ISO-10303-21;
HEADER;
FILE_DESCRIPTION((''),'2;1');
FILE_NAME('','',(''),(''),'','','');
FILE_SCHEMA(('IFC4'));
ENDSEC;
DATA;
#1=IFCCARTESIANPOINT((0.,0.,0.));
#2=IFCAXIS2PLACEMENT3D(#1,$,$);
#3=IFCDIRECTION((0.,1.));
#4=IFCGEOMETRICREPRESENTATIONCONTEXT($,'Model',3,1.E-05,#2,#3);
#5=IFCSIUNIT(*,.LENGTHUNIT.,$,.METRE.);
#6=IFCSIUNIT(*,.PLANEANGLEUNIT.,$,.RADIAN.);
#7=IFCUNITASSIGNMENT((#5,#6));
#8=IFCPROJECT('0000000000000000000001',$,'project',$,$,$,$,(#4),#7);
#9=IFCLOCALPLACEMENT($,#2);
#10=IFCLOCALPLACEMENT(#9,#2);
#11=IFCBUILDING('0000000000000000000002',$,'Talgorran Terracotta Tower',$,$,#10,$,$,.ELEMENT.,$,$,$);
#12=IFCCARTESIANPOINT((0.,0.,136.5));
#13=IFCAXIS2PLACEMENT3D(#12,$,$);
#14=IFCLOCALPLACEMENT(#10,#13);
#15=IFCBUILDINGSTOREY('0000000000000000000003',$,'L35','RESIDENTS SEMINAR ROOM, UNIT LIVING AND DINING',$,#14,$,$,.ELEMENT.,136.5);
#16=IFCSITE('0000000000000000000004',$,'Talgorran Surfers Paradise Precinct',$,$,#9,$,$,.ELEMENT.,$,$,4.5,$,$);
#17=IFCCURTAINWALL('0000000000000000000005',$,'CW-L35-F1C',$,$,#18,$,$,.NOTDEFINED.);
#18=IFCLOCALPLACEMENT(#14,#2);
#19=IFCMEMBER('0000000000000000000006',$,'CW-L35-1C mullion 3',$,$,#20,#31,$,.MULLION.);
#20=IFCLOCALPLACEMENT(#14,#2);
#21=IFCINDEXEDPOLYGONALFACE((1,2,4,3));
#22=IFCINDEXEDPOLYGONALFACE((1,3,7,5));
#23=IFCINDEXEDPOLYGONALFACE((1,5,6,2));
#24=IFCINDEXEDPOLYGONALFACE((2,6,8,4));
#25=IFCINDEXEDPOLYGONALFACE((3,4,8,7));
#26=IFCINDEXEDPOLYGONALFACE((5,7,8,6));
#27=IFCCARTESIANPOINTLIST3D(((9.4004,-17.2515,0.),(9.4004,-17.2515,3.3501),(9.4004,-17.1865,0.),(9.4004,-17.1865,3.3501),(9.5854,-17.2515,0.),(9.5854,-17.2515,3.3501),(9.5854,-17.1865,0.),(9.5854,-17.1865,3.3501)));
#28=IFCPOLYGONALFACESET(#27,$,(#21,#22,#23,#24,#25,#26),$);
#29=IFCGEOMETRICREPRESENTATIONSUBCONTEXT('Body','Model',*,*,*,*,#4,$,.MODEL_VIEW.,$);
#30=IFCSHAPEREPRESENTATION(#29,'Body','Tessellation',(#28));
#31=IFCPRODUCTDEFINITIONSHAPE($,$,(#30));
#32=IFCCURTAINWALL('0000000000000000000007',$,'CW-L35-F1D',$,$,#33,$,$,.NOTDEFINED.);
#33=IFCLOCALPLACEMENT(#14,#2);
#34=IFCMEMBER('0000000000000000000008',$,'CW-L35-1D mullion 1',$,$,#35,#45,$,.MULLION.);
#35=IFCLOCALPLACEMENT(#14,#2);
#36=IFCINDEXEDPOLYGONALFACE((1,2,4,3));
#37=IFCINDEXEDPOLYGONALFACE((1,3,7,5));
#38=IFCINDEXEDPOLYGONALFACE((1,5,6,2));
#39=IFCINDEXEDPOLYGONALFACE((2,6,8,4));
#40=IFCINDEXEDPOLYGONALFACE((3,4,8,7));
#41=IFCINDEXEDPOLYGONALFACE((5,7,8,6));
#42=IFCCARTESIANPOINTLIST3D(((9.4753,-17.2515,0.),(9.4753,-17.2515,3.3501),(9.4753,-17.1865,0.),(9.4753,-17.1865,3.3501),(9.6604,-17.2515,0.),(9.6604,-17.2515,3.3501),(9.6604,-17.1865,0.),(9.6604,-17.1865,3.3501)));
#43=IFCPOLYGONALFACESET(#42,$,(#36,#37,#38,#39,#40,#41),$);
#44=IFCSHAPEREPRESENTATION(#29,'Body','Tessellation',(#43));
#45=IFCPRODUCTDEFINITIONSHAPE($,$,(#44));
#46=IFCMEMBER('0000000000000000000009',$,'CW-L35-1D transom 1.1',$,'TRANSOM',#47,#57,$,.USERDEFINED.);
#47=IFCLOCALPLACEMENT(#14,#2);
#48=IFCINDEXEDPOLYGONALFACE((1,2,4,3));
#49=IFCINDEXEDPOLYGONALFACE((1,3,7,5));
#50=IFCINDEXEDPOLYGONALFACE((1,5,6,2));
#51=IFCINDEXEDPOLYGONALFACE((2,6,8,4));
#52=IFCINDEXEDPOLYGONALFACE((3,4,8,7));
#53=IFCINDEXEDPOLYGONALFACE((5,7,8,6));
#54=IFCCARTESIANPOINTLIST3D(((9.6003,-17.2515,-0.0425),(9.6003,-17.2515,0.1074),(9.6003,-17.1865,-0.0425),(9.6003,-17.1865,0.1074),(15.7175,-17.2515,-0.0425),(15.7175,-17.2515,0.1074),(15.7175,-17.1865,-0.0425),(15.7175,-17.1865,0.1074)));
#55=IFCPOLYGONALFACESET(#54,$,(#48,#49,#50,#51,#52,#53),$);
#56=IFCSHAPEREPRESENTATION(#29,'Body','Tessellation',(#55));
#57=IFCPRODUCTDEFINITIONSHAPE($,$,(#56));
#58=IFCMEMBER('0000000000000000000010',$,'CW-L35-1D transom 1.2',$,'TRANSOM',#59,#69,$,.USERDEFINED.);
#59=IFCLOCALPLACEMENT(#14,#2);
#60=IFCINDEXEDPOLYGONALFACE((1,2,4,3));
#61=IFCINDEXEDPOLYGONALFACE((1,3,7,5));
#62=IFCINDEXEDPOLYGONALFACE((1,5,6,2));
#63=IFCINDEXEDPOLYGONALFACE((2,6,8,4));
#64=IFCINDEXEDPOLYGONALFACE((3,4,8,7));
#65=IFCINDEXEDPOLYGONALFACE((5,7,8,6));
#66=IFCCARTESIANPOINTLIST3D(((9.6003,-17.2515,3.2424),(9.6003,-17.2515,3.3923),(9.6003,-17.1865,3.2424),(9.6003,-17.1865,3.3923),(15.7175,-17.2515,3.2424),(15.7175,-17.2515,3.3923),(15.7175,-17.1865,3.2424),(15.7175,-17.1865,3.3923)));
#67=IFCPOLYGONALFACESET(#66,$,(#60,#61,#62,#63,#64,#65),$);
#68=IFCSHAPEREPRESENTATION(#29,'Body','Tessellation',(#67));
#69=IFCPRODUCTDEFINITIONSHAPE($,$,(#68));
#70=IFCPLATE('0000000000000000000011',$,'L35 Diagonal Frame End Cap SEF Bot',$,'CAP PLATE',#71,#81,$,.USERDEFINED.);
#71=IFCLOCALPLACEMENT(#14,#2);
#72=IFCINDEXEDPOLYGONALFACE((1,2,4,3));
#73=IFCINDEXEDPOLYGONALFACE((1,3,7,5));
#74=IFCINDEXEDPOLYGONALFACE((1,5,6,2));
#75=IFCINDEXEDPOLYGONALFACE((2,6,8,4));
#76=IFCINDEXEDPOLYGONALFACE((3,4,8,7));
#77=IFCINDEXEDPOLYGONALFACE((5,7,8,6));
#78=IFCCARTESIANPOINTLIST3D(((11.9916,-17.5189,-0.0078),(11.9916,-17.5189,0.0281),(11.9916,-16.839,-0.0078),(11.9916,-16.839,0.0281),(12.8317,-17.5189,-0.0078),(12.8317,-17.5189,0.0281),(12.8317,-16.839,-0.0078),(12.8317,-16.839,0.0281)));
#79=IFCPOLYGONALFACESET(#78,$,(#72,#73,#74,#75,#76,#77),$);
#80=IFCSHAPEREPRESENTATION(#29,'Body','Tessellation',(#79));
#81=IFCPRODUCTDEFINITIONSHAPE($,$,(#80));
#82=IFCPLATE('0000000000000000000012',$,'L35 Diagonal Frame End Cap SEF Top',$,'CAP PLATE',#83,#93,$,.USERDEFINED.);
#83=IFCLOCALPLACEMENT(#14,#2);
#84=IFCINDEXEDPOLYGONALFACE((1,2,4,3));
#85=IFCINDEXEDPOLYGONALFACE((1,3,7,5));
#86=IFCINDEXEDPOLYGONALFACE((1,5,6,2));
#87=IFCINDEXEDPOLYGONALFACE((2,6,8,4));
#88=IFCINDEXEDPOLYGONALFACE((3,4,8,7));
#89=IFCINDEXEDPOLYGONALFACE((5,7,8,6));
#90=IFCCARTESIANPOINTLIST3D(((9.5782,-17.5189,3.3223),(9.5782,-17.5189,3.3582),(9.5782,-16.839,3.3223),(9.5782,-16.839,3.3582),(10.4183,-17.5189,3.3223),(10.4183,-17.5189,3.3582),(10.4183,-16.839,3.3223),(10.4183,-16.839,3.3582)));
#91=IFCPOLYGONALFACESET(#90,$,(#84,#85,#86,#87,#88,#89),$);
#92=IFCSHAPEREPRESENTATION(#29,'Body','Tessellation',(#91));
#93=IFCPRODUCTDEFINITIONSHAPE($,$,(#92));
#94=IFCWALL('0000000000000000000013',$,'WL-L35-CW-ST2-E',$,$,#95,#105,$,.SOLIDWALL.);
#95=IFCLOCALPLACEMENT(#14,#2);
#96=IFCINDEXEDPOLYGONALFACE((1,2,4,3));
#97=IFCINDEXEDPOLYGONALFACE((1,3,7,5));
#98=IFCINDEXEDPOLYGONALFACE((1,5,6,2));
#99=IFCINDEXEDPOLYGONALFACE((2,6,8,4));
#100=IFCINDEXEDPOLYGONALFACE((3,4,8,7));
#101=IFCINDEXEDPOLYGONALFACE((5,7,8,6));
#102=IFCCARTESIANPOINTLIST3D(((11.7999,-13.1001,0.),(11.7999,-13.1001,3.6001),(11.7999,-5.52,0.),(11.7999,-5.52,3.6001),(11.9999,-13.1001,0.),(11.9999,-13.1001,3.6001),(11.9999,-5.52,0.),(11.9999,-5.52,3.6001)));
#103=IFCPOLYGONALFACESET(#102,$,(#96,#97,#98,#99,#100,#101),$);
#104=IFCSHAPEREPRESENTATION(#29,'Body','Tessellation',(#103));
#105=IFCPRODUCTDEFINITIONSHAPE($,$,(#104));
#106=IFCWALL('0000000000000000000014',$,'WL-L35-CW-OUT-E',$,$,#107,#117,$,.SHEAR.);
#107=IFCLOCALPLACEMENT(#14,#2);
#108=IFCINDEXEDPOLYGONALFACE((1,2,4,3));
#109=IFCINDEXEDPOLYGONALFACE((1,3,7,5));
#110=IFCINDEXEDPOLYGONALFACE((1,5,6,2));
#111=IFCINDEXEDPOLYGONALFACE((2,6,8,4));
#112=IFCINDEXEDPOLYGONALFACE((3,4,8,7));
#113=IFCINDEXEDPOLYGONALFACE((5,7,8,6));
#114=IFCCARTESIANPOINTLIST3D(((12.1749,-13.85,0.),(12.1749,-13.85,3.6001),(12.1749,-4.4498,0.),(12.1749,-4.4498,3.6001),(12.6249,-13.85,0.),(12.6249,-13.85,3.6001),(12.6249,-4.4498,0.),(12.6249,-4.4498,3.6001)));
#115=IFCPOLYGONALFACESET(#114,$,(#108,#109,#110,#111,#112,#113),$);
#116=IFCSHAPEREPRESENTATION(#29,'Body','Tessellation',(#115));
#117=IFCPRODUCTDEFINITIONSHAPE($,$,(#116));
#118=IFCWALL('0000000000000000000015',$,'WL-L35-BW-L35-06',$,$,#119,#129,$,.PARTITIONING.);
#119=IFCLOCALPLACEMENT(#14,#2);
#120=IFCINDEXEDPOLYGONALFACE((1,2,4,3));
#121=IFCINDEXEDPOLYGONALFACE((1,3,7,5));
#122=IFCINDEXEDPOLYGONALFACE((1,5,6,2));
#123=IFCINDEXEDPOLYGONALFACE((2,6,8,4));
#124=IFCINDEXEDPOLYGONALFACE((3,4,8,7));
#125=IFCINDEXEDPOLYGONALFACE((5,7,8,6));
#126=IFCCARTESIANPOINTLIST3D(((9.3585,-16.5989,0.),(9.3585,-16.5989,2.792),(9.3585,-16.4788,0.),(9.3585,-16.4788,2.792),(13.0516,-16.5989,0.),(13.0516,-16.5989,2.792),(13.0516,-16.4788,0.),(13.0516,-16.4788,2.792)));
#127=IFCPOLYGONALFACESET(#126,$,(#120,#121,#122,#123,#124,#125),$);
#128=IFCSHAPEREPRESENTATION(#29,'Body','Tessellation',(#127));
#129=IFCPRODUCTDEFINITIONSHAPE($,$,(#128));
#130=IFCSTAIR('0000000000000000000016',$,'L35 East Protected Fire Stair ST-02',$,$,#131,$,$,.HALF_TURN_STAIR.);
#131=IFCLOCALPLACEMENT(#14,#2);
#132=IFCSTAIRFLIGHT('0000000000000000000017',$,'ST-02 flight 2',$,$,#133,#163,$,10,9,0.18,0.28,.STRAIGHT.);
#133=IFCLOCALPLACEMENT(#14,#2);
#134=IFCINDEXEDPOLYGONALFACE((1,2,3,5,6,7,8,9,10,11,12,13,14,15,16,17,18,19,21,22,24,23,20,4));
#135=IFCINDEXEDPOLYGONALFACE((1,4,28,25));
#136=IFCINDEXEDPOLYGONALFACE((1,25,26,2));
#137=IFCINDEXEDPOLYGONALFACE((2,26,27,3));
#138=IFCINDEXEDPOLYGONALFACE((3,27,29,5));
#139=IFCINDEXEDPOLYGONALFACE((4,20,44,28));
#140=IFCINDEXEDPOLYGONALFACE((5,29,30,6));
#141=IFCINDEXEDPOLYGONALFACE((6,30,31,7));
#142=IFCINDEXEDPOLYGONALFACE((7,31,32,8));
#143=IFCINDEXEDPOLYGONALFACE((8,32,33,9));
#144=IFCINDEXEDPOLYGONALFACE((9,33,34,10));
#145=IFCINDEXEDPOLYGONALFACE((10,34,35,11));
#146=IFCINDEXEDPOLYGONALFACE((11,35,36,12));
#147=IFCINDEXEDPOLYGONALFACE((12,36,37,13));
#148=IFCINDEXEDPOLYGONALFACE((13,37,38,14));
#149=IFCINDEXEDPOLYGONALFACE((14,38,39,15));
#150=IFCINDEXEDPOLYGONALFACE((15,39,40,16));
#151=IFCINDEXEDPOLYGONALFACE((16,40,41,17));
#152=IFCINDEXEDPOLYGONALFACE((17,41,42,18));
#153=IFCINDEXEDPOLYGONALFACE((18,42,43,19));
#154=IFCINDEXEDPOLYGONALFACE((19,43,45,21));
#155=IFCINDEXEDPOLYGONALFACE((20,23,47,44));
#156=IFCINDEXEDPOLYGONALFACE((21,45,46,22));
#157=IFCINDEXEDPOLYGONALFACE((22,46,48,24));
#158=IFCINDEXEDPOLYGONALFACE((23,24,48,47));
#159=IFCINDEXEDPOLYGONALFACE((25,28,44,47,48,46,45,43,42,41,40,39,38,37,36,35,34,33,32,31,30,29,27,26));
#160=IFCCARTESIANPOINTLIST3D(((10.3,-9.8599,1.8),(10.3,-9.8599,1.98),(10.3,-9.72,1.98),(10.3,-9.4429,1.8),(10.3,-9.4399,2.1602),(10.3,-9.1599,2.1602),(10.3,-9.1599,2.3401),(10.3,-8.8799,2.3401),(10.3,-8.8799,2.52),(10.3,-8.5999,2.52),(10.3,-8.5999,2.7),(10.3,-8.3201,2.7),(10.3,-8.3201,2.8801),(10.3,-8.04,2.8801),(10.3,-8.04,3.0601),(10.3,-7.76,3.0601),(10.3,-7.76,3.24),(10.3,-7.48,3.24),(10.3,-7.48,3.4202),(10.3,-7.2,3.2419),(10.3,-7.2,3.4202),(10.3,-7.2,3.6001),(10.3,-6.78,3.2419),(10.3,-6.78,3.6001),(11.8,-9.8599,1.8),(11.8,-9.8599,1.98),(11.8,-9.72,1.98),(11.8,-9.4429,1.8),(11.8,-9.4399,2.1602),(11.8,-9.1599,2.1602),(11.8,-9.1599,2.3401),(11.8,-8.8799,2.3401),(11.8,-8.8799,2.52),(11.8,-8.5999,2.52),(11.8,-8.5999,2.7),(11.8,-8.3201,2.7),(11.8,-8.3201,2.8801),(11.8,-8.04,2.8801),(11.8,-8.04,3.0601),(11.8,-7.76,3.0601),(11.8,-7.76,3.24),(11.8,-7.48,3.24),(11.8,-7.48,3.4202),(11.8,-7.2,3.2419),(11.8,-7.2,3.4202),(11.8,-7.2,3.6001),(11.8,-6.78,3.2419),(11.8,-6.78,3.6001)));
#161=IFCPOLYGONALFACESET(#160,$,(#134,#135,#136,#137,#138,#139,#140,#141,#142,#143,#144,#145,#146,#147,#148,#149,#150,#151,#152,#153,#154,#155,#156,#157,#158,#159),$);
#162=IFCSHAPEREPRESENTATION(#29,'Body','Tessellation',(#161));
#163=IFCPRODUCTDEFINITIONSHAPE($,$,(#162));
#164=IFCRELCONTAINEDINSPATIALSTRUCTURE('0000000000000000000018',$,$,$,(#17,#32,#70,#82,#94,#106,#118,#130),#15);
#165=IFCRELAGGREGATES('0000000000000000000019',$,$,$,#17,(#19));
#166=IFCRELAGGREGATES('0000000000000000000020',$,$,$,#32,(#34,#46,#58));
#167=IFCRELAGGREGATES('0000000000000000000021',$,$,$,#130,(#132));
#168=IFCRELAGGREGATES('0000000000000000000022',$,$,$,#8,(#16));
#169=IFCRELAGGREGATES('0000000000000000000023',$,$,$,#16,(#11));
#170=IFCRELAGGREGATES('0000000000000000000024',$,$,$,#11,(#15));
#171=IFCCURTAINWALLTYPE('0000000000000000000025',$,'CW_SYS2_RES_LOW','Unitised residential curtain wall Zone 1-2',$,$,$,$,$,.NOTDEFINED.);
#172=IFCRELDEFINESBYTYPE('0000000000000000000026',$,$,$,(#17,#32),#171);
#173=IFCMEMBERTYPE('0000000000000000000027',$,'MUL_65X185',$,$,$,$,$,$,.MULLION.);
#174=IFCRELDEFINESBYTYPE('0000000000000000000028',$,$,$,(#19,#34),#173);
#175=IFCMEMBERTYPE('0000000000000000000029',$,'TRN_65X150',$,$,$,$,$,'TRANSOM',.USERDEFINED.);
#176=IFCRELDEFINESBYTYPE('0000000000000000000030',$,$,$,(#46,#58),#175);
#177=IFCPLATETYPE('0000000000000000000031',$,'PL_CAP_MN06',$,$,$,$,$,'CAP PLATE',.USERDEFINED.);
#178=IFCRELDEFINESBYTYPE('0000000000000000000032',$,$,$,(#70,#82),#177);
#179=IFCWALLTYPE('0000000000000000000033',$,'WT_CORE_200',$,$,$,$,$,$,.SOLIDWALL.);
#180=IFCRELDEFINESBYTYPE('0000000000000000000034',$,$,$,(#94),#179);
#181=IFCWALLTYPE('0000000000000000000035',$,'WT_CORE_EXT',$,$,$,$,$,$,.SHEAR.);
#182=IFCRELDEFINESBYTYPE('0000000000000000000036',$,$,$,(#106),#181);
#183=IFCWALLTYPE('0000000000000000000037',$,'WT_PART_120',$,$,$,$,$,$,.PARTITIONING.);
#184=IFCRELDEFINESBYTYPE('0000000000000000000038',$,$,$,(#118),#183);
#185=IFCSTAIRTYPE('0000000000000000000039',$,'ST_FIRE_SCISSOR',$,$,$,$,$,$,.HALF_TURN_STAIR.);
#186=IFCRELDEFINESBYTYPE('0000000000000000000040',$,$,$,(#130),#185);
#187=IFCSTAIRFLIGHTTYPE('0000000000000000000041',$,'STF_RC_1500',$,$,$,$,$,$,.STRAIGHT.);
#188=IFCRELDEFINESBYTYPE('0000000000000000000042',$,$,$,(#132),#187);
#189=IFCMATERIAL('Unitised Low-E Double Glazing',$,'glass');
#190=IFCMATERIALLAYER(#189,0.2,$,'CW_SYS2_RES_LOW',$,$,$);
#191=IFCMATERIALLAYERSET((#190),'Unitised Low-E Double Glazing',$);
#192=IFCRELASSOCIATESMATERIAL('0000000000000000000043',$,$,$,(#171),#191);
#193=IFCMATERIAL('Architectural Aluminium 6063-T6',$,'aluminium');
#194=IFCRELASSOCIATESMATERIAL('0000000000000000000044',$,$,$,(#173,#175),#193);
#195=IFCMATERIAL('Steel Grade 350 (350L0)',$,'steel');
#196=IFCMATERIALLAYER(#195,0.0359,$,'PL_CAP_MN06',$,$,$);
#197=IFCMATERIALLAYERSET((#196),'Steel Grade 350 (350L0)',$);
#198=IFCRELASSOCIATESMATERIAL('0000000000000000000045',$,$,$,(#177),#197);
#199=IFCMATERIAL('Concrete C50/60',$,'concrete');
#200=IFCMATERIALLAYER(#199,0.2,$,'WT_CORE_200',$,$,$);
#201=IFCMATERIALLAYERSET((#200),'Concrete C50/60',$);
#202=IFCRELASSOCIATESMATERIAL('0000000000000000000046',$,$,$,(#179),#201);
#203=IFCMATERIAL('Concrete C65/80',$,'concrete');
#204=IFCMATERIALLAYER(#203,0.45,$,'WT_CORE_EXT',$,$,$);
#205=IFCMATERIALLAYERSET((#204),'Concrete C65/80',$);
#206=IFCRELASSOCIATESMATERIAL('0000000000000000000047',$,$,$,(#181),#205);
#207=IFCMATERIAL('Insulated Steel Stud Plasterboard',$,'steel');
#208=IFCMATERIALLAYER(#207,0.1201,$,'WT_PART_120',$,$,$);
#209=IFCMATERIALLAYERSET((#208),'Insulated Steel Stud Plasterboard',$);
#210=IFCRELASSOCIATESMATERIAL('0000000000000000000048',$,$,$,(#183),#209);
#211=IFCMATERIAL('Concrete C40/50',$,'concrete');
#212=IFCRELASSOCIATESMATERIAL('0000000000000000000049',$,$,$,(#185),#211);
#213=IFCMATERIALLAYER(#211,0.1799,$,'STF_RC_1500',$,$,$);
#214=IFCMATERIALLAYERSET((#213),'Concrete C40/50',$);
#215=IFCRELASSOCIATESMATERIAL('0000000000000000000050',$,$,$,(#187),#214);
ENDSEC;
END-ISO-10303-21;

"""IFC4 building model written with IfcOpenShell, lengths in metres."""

from ifc_helpers import new_model, si_unit, direction, frame, frame_2d, origin, origin_2d, place, context, subcontext, project, spatial, polyline, rectangle, outline, extrude, material, layer, layer_set, material_profile, profile_set, type_object, element, aggregate, save


model = new_model("IFC4")

# Units and contexts
model_context = context("Model", 3, precision=1e-05, world=origin(), true_north=direction((0.0, 1.0)))
body_context = subcontext(model_context, "Body", "Model", "MODEL_VIEW")
ifc_project = project(units=[si_unit("LENGTHUNIT", "METRE"), si_unit("PLANEANGLEUNIT", "RADIAN")], contexts=[model_context])

# Site, building, storey
site_placement = place(None, origin())
site = spatial("IfcSite", under=ifc_project, at=site_placement, Name="Talgorran Surfers Paradise Precinct", CompositionType="ELEMENT", RefElevation=4.5)
building_placement = place(site_placement, origin())
building = spatial("IfcBuilding", under=site, at=building_placement, Name="Talgorran Terracotta Tower", CompositionType="ELEMENT")
storey_placement = place(building_placement, frame((0.0, 0.0, 136.5)))
storey = spatial("IfcBuildingStorey", under=building, at=storey_placement, Name="L35", Description="RESIDENTS SEMINAR ROOM, UNIT LIVING AND DINING", CompositionType="ELEMENT", Elevation=136.5)

# Shared definitions
ifc_material_1 = material(Name="Steel Grade 350 (350L0)", Category="steel")

# Curtain wall, member
ifc_material_2 = material(Name="Unitised Low-E Double Glazing", Category="glass")
ifc_layer_1 = layer(ifc_material_2, 0.2, Name="CW_SYS2_RES_LOW")
ifc_layer_set_1 = layer_set([ifc_layer_1], Name="Unitised Low-E Double Glazing")
curtain_wall_type = type_object("IfcCurtainWallType", Name="CW_SYS2_RES_LOW", Description="Unitised residential curtain wall Zone 1-2", PredefinedType="NOTDEFINED", material=ifc_layer_set_1)
curtain_wall_1_placement = place(storey_placement, origin())
curtain_wall_1 = element("IfcCurtainWall", 1, at=curtain_wall_1_placement, inside=storey, type_object=curtain_wall_type, Name="CW-L35-F1C", PredefinedType="NOTDEFINED")
ifc_material_3 = material(Name="Architectural Aluminium 6063-T6", Category="aluminium")
ifc_material_profile_1 = material_profile(ifc_material_3, rectangle(XDim=0.0649, YDim=0.1851, at=origin_2d()), Name="CWM65X185")
ifc_profile_set_1 = profile_set([ifc_material_profile_1], Name="Architectural Aluminium 6063-T6")
member_type_1 = type_object("IfcMemberType", Name="MUL_65X185", PredefinedType="MULLION", material=ifc_profile_set_1)
member_1_placement = place(storey_placement, frame((9.4929, -17.219, 0.0), z_axis=(0.0, 0.0, 1.0), x_axis=(0.0, 1.0, 0.0)))
member_1 = element("IfcMember", 2, at=member_1_placement, type_object=member_type_1, Name="CW-L35-1C mullion 3", PredefinedType="MULLION", context=body_context, shape_type="SweptSolid", body=[
    extrude(rectangle(XDim=0.0649, YDim=0.1851, at=origin_2d()), origin(), (0.0, 0.0, 1.0), 3.3501),
])
aggregate(curtain_wall_1, [member_1])

# Curtain wall, members
curtain_wall_2_placement = place(storey_placement, origin())
curtain_wall_2 = element("IfcCurtainWall", 3, at=curtain_wall_2_placement, inside=storey, type_object=curtain_wall_type, Name="CW-L35-F1D", PredefinedType="NOTDEFINED")
member_2_placement = place(storey_placement, frame((9.5679, -17.219, 0.0), z_axis=(0.0, 0.0, 1.0), x_axis=(0.0, 1.0, 0.0)))
member_2 = element("IfcMember", 4, at=member_2_placement, type_object=member_type_1, Name="CW-L35-1D mullion 1", PredefinedType="MULLION", context=body_context, shape_type="SweptSolid", body=[
    extrude(rectangle(XDim=0.0649, YDim=0.1851, at=origin_2d()), origin(), (0.0, 0.0, 1.0), 3.3501),
])
ifc_material_profile_2 = material_profile(ifc_material_3, rectangle(XDim=0.0649, YDim=0.1499, at=origin_2d()), Name="CWT65X150")
ifc_profile_set_2 = profile_set([ifc_material_profile_2], Name="Architectural Aluminium 6063-T6")
member_type_2 = type_object("IfcMemberType", Name="TRN_65X150", ElementType="TRANSOM", PredefinedType="USERDEFINED", material=ifc_profile_set_2)
member_3_placement = place(storey_placement, frame((9.6003, -17.219, 0.0325), z_axis=(1.0, 0.0, 0.0), x_axis=(0.0, 1.0, 0.0)))
member_3 = element("IfcMember", 5, at=member_3_placement, type_object=member_type_2, Name="CW-L35-1D transom 1.1", ObjectType="TRANSOM", PredefinedType="USERDEFINED", context=body_context, shape_type="SweptSolid", body=[
    extrude(rectangle(XDim=0.0649, YDim=0.1499, at=origin_2d()), origin(), (0.0, 0.0, 1.0), 6.1172),
])
member_4_placement = place(storey_placement, frame((9.6003, -17.219, 3.3174), z_axis=(1.0, 0.0, 0.0), x_axis=(0.0, 1.0, 0.0)))
member_4 = element("IfcMember", 6, at=member_4_placement, type_object=member_type_2, Name="CW-L35-1D transom 1.2", ObjectType="TRANSOM", PredefinedType="USERDEFINED", context=body_context, shape_type="SweptSolid", body=[
    extrude(rectangle(XDim=0.0649, YDim=0.1499, at=origin_2d()), origin(), (0.0, 0.0, 1.0), 6.1172),
])
aggregate(curtain_wall_2, [member_2, member_3, member_4])

# Plates
ifc_layer_2 = layer(ifc_material_1, 0.0359, Name="PL_CAP_MN06")
ifc_layer_set_2 = layer_set([ifc_layer_2], Name="Steel Grade 350 (350L0)")
plate_type = type_object("IfcPlateType", Name="PL_CAP_MN06", ElementType="CAP PLATE", PredefinedType="USERDEFINED", material=ifc_layer_set_2)
for number, where, z_axis, x_axis, name in (
    (7, (12.4116, -17.179, -0.0078), (0.0, 0.0, 1.0), (-1.0, 0.0, 0.0), "L35 Diagonal Frame End Cap SEF Bot"),
    (8, (9.9983, -17.179, 3.3223), (0.0, 0.0, 1.0), (-1.0, 0.0, 0.0), "L35 Diagonal Frame End Cap SEF Top"),
):
    element("IfcPlate", number, at=place(storey_placement, frame(where, z_axis=z_axis, x_axis=x_axis)), inside=storey, type_object=plate_type, Name=name, ObjectType="CAP PLATE", PredefinedType="USERDEFINED", context=body_context, shape_type="SweptSolid", body=[
        extrude(rectangle(XDim=0.8401, YDim=0.6799, at=origin_2d()), origin(), (0.0, 0.0, 1.0), 0.0359),
    ])

# Walls
ifc_material_4 = material(Name="Concrete C50/60", Category="concrete")
ifc_layer_3 = layer(ifc_material_4, 0.2, Name="WT_CORE_200")
ifc_layer_set_3 = layer_set([ifc_layer_3], Name="Concrete C50/60")
wall_type_1 = type_object("IfcWallType", Name="WT_CORE_200", PredefinedType="SOLIDWALL", material=ifc_layer_set_3)
wall_1_placement = place(storey_placement, frame((11.8999, -13.1001, 0.0), z_axis=(0.0, 0.0, 1.0), x_axis=(0.0, 1.0, 0.0)))
element("IfcWall", 9, at=wall_1_placement, inside=storey, type_object=wall_type_1, Name="WL-L35-CW-ST2-E", PredefinedType="SOLIDWALL", context=body_context, shape_type="SweptSolid", body=[
    extrude(rectangle(XDim=7.5801, YDim=0.2, at=frame_2d((3.79, 0.0))), origin(), (0.0, 0.0, 1.0), 3.6001),
])
ifc_material_5 = material(Name="Concrete C65/80", Category="concrete")
ifc_layer_4 = layer(ifc_material_5, 0.45, Name="WT_CORE_EXT")
ifc_layer_set_4 = layer_set([ifc_layer_4], Name="Concrete C65/80")
wall_type_2 = type_object("IfcWallType", Name="WT_CORE_EXT", PredefinedType="SHEAR", material=ifc_layer_set_4)
wall_2_placement = place(storey_placement, frame((12.3999, -13.8501, 0.0), z_axis=(0.0, 0.0, 1.0), x_axis=(0.0, 1.0, 0.0)))
element("IfcWall", 10, at=wall_2_placement, inside=storey, type_object=wall_type_2, Name="WL-L35-CW-OUT-E", PredefinedType="SHEAR", context=body_context, shape_type="SweptSolid", body=[
    extrude(rectangle(XDim=9.4001, YDim=0.45, at=frame_2d((4.7002, 0.0))), origin(), (0.0, 0.0, 1.0), 3.6001),
])
ifc_material_6 = material(Name="Insulated Steel Stud Plasterboard", Category="steel")
ifc_layer_5 = layer(ifc_material_6, 0.1201, Name="WT_PART_120")
ifc_layer_set_5 = layer_set([ifc_layer_5], Name="Insulated Steel Stud Plasterboard")
wall_type_3 = type_object("IfcWallType", Name="WT_PART_120", PredefinedType="PARTITIONING", material=ifc_layer_set_5)
wall_3_placement = place(storey_placement, frame((9.3584, -16.5388, 0.0), z_axis=(0.0, 0.0, 1.0), x_axis=(1.0, 0.0, 0.0)))
element("IfcWall", 11, at=wall_3_placement, inside=storey, type_object=wall_type_3, Name="WL-L35-BW-L35-06", PredefinedType="PARTITIONING", context=body_context, shape_type="SweptSolid", body=[
    extrude(rectangle(XDim=3.6931, YDim=0.1201, at=frame_2d((1.8467, 0.0))), origin(), (0.0, 0.0, 1.0), 2.792),
])

# Stair, stair flight
ifc_material_7 = material(Name="Concrete C40/50", Category="concrete")
stair_type = type_object("IfcStairType", Name="ST_FIRE_SCISSOR", PredefinedType="HALF_TURN_STAIR", material=ifc_material_7)
stair_placement = place(storey_placement, origin())
stair = element("IfcStair", 12, at=stair_placement, inside=storey, type_object=stair_type, Name="L35 East Protected Fire Stair ST-02", PredefinedType="HALF_TURN_STAIR")
ifc_layer_6 = layer(ifc_material_7, 0.1799, Name="STF_RC_1500")
ifc_layer_set_6 = layer_set([ifc_layer_6], Name="Concrete C40/50")
stair_flight_type = type_object("IfcStairFlightType", Name="STF_RC_1500", PredefinedType="STRAIGHT", material=ifc_layer_set_6)
stair_flight_placement = place(storey_placement, frame((11.05, -9.72, 1.8), z_axis=(0.0, 0.0, 1.0), x_axis=(0.0, 1.0, 0.0)))
stair_flight = element("IfcStairFlight", 13, at=stair_flight_placement, type_object=stair_flight_type, Name="ST-02 flight 2", NumberOfRisers=10, NumberOfTreads=9, PredefinedType="STRAIGHT", RiserHeight=0.18, TreadLength=0.28, context=body_context, shape_type="SweptSolid", body=[
    extrude(outline(polyline([(-0.1399, 0.0), (-0.1399, 0.1799), (0.0, 0.1799), (0.28, 0.3601), (0.5601, 0.3601), (0.5601, 0.54), (0.8401, 0.54), (0.8401, 0.72), (1.1201, 0.72), (1.1201, 0.8999), (1.3999, 0.8999), (1.3999, 1.0801), (1.6799, 1.0801), (1.6799, 1.26), (1.96, 1.26), (1.96, 1.4399), (2.24, 1.4399), (2.24, 1.6201), (2.52, 1.6201), (2.52, 1.8), (2.9399, 1.8), (2.9399, 1.4419), (2.52, 1.4419), (0.2771, 0.0), (-0.1399, 0.0)])), frame((0.0, 0.75, 0.0), z_axis=(0.0, -1.0, 0.0), x_axis=(1.0, 0.0, 0.0)), (0.0, 0.0, 1.0), 1.5),
])
aggregate(stair, [stair_flight])

save(model, "model.ifc")
